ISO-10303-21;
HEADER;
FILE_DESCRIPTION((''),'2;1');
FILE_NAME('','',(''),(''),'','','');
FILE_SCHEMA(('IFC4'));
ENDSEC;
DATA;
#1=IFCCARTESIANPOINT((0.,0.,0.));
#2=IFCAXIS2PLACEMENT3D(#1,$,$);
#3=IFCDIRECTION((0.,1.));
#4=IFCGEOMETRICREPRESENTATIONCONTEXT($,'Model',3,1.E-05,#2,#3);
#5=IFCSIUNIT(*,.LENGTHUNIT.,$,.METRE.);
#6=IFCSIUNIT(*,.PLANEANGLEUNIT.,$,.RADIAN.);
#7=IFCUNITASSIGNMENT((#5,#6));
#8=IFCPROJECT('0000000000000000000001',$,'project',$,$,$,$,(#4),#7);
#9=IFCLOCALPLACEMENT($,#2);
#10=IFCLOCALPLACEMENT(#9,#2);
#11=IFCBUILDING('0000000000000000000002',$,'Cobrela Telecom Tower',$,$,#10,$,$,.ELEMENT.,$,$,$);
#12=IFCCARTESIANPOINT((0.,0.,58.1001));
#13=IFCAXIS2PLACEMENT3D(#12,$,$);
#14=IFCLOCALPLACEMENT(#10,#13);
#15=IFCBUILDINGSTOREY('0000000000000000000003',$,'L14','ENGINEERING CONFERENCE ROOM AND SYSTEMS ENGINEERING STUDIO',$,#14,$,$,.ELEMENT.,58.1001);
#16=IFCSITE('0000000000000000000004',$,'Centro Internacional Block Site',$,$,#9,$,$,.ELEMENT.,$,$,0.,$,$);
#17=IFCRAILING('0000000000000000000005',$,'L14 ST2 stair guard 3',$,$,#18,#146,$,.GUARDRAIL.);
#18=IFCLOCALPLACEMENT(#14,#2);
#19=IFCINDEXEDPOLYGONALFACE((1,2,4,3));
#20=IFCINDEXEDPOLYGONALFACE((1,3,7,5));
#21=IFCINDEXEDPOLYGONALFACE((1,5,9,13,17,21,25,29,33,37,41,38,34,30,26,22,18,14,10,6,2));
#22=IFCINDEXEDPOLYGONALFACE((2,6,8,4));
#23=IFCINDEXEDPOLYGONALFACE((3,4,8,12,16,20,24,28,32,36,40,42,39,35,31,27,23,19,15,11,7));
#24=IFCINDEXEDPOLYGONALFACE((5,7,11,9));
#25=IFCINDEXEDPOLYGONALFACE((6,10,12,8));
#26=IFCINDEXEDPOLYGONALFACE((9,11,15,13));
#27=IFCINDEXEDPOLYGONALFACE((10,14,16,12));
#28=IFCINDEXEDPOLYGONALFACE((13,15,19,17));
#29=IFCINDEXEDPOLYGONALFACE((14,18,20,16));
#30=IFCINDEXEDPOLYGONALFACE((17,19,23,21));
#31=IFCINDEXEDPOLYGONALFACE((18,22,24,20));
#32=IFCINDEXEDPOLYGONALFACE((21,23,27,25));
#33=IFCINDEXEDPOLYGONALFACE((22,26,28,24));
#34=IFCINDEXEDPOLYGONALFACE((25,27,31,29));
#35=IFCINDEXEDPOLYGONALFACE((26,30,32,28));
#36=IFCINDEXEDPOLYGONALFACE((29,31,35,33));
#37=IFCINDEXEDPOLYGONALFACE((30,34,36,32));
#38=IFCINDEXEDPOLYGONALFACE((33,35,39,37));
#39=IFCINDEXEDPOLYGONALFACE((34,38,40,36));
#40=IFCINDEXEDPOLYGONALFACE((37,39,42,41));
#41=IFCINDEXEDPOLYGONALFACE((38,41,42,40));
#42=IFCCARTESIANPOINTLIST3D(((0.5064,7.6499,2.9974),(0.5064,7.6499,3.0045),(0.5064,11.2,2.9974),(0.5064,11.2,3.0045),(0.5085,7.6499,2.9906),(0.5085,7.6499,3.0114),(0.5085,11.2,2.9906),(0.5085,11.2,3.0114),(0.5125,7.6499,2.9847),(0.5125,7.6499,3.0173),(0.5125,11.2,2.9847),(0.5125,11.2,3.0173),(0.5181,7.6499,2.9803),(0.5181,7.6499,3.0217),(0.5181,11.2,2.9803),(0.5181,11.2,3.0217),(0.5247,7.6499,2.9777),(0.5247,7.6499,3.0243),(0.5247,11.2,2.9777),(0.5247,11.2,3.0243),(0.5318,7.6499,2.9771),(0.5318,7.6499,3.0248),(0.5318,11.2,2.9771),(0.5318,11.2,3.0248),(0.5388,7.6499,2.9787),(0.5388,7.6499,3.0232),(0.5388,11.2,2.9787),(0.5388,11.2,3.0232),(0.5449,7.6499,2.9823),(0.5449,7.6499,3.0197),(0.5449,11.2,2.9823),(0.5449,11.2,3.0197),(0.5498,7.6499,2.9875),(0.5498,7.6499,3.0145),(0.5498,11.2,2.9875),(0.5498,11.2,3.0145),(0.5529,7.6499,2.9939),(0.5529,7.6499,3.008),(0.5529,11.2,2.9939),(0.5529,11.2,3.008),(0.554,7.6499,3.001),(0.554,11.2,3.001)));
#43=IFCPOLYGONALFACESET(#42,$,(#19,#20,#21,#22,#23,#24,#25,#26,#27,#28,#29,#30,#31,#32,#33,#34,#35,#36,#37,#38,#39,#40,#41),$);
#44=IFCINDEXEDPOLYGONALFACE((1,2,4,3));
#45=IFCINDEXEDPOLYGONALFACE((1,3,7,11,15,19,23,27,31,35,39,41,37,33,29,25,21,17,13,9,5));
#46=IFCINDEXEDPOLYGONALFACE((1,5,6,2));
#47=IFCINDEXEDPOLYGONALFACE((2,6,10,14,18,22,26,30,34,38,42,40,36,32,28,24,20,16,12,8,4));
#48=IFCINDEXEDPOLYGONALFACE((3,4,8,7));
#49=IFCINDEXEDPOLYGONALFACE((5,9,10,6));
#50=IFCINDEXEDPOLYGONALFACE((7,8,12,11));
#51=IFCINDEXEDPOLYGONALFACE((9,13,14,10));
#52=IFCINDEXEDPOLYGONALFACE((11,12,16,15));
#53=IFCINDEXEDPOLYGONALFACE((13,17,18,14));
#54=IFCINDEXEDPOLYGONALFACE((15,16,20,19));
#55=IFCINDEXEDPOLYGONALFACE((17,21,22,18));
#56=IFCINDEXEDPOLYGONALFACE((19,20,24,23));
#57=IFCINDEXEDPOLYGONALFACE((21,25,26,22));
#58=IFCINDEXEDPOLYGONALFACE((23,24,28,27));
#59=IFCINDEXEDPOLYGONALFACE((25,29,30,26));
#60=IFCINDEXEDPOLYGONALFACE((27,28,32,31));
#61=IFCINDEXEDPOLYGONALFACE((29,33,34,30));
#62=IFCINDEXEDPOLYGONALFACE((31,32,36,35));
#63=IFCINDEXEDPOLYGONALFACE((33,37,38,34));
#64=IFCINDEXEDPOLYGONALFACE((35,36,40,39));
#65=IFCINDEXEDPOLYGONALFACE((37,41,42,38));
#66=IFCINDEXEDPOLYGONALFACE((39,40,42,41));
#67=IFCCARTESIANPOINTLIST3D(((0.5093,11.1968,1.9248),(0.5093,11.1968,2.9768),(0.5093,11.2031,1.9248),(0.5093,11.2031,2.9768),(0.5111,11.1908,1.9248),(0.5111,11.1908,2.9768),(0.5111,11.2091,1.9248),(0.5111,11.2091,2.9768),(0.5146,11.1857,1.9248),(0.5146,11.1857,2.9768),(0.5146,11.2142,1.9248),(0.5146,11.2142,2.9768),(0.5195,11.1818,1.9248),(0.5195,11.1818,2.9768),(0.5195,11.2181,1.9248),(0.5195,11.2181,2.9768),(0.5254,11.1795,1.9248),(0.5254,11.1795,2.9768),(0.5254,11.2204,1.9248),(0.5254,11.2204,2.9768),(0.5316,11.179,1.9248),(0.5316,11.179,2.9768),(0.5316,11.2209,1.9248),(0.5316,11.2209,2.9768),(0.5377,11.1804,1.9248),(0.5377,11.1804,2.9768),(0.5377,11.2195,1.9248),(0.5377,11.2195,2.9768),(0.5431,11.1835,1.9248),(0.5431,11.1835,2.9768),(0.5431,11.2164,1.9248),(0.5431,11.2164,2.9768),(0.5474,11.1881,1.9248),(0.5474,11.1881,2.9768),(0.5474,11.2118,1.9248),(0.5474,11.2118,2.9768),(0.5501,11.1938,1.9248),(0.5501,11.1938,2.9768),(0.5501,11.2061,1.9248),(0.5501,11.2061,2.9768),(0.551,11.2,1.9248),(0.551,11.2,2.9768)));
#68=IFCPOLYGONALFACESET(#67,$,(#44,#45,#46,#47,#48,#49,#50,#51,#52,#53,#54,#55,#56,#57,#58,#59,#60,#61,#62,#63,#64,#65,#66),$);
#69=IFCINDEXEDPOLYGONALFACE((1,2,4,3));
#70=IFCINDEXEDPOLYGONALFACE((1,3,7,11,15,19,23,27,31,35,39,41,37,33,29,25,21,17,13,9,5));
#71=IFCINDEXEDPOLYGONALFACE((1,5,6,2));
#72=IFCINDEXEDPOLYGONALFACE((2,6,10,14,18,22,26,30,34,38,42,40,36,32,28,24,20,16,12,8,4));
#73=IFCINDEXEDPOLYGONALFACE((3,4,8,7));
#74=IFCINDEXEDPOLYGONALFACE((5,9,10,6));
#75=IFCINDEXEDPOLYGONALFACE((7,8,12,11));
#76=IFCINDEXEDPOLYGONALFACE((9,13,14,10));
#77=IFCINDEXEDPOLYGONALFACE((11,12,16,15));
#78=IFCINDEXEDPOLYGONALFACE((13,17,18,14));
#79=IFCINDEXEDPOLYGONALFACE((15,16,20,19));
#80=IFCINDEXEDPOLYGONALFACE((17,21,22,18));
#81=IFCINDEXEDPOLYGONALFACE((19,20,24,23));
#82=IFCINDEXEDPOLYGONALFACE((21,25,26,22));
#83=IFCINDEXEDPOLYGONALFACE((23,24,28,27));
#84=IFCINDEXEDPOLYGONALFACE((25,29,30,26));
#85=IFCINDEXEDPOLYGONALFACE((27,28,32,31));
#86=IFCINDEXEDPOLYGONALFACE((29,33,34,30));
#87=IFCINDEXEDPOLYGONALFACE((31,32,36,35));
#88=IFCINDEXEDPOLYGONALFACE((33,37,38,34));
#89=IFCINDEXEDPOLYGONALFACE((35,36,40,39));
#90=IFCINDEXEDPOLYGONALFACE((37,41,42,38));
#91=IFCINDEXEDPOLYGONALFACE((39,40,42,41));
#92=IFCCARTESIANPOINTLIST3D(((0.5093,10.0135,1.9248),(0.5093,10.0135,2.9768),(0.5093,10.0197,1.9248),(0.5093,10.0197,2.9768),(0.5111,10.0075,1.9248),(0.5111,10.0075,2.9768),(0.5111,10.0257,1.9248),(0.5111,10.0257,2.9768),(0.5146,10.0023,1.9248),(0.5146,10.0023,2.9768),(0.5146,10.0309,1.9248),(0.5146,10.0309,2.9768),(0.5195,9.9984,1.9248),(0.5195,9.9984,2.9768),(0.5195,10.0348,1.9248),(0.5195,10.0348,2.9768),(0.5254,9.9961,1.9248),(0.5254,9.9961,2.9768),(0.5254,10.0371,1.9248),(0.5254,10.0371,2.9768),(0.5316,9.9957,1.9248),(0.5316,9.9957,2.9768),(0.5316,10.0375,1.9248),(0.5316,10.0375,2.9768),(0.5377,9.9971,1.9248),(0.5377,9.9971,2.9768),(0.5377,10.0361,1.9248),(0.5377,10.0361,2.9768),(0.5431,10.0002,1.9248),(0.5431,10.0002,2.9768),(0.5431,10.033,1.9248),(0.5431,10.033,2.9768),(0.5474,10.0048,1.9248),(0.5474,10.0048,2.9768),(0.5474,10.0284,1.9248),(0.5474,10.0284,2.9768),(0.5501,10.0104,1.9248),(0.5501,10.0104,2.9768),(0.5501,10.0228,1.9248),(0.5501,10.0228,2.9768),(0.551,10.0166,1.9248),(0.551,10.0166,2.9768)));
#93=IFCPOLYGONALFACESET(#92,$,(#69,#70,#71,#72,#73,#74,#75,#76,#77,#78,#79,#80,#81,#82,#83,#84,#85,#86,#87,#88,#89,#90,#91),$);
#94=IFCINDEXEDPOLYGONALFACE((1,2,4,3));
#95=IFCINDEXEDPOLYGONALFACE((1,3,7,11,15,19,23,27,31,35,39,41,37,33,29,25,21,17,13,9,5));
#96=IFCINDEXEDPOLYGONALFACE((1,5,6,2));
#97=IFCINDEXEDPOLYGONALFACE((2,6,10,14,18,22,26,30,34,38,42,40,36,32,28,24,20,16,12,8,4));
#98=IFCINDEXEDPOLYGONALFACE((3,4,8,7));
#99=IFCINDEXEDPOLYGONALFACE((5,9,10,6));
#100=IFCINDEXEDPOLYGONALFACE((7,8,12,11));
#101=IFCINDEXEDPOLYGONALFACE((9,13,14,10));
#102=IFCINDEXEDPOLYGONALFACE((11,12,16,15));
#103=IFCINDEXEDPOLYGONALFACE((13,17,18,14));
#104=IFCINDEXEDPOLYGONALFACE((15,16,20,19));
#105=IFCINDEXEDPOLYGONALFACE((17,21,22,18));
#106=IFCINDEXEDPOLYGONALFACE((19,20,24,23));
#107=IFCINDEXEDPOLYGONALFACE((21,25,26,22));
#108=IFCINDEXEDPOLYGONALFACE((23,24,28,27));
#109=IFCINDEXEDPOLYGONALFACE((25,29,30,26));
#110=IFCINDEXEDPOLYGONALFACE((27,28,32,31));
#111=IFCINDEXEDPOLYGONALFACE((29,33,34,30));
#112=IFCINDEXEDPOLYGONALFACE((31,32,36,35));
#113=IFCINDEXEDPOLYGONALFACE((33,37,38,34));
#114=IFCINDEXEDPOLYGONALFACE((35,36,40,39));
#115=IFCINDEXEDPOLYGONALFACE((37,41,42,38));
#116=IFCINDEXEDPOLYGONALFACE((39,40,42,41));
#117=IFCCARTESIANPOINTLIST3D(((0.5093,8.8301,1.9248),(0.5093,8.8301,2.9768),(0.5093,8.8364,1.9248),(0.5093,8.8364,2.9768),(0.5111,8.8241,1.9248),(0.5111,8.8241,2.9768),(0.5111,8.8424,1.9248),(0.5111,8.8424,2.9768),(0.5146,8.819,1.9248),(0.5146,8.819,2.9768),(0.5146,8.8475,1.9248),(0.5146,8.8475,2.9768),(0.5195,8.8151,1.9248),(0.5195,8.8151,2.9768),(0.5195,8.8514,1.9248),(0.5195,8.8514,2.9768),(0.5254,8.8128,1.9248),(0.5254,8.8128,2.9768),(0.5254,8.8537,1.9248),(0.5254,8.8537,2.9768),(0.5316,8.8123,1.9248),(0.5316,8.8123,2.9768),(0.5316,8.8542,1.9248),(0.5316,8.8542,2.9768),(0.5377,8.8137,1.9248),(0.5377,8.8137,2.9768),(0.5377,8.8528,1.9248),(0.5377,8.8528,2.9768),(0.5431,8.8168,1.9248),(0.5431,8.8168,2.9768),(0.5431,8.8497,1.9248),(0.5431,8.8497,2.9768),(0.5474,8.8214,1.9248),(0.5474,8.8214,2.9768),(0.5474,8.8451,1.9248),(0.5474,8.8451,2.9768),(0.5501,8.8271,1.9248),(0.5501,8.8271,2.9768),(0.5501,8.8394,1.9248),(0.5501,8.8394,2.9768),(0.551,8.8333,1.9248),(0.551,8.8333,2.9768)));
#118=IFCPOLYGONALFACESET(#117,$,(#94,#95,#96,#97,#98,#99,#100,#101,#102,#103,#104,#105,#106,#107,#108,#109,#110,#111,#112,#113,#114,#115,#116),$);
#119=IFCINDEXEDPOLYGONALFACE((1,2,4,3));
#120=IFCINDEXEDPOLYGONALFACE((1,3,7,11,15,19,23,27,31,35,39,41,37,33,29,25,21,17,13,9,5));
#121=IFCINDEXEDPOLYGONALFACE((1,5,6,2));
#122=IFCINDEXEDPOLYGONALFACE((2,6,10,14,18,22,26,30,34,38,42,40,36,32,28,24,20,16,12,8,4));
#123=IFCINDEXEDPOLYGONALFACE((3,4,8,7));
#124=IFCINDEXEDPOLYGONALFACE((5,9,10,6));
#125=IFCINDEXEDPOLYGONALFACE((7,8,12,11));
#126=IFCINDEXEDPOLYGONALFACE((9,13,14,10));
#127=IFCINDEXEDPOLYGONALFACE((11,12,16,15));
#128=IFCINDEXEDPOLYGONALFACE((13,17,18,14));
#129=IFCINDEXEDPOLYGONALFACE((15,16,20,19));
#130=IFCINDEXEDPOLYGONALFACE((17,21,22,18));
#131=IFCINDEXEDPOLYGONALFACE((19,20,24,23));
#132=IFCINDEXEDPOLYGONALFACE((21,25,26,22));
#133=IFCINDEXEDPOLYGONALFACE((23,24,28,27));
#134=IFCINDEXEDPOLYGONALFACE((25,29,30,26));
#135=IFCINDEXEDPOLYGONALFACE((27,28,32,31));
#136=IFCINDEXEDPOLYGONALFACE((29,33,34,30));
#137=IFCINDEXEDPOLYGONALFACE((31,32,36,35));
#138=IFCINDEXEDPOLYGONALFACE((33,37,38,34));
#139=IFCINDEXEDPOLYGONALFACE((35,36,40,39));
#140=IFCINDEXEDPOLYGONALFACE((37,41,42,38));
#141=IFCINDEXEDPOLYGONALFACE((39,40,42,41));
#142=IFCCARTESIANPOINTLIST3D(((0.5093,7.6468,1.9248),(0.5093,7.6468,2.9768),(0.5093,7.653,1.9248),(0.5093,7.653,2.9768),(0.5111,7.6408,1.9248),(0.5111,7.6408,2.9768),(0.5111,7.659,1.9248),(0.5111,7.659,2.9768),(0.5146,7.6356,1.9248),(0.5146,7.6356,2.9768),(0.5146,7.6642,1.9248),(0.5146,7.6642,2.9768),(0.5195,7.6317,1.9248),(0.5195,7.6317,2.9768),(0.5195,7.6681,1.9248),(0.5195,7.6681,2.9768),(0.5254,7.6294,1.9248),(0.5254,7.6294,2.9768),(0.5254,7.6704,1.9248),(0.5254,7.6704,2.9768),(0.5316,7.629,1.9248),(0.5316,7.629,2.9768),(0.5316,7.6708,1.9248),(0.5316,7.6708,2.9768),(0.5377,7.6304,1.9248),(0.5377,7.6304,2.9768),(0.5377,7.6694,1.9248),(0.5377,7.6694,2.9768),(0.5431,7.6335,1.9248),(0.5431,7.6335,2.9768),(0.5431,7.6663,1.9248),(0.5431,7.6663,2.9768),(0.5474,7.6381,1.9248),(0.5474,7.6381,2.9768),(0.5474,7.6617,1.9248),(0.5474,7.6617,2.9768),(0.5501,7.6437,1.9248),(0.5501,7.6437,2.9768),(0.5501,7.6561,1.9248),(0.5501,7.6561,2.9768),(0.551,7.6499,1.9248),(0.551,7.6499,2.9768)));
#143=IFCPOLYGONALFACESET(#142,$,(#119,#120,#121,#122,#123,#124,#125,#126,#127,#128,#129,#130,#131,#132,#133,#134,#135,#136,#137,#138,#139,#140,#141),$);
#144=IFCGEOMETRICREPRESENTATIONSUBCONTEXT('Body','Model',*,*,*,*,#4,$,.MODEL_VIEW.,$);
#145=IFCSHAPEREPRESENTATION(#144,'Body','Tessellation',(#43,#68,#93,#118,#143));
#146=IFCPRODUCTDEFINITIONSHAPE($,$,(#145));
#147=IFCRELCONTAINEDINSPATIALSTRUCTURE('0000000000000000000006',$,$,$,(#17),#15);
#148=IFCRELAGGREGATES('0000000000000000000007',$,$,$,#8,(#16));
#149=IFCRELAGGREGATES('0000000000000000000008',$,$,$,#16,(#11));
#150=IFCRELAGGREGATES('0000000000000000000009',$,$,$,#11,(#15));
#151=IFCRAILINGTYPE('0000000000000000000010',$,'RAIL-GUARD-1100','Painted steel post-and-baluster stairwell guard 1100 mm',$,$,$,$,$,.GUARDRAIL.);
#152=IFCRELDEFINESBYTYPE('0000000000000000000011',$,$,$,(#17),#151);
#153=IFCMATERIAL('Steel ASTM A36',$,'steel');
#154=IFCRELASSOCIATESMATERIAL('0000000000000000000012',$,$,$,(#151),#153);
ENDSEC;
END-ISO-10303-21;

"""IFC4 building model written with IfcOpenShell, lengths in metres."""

from ifc_helpers import new_model, si_unit, direction, frame, origin, origin_2d, place, context, subcontext, project, spatial, circle, extrude, material, type_object, element, save


model = new_model("IFC4")

# Units and contexts
model_context = context("Model", 3, precision=1e-05, world=origin(), true_north=direction((0.0, 1.0)))
body_context = subcontext(model_context, "Body", "Model", "MODEL_VIEW")
ifc_project = project(units=[si_unit("LENGTHUNIT", "METRE"), si_unit("PLANEANGLEUNIT", "RADIAN")], contexts=[model_context])

# Site, building, storey
site_placement = place(None, origin())
site = spatial("IfcSite", under=ifc_project, at=site_placement, Name="Centro Internacional Block Site", CompositionType="ELEMENT", RefElevation=0.0)
building_placement = place(site_placement, origin())
building = spatial("IfcBuilding", under=site, at=building_placement, Name="Cobrela Telecom Tower", CompositionType="ELEMENT")
storey_placement = place(building_placement, frame((0.0, 0.0, 58.1001)))
storey = spatial("IfcBuildingStorey", under=building, at=storey_placement, Name="L14", Description="ENGINEERING CONFERENCE ROOM AND SYSTEMS ENGINEERING STUDIO", CompositionType="ELEMENT", Elevation=58.1001)

# Railing
ifc_material_1 = material(Name="Steel ASTM A36", Category="steel")
railing_type_1 = type_object("IfcRailingType", Name="RAIL-GUARD-1100", Description="Painted steel post-and-baluster stairwell guard 1100 mm", PredefinedType="GUARDRAIL", material=ifc_material_1)
railing_1_placement = place(storey_placement, frame((0.53, 11.2, 1.9248)))
element("IfcRailing", 1, at=railing_1_placement, inside=storey, type_object=railing_type_1, Name="L14 ST2 stair guard 3", PredefinedType="GUARDRAIL", context=body_context, shape_type="SweptSolid", body=[
    extrude(circle(Radius=0.0239, at=origin_2d()), frame((0.0, 0.0, 1.0762), z_axis=(0.0, -1.0, 0.0), x_axis=(1.0, 0.0, 0.0)), (0.0, 0.0, 1.0), 3.55),
    extrude(circle(Radius=0.021, at=origin_2d()), origin(), (0.0, 0.0, 1.0), 1.052),
    extrude(circle(Radius=0.021, at=origin_2d()), frame((0.0, -1.1833, 0.0)), (0.0, 0.0, 1.0), 1.052),
    extrude(circle(Radius=0.021, at=origin_2d()), frame((0.0, -2.3667, 0.0)), (0.0, 0.0, 1.0), 1.052),
    extrude(circle(Radius=0.021, at=origin_2d()), frame((0.0, -3.55, 0.0)), (0.0, 0.0, 1.0), 1.052),
])

save(model, "model.ifc")
